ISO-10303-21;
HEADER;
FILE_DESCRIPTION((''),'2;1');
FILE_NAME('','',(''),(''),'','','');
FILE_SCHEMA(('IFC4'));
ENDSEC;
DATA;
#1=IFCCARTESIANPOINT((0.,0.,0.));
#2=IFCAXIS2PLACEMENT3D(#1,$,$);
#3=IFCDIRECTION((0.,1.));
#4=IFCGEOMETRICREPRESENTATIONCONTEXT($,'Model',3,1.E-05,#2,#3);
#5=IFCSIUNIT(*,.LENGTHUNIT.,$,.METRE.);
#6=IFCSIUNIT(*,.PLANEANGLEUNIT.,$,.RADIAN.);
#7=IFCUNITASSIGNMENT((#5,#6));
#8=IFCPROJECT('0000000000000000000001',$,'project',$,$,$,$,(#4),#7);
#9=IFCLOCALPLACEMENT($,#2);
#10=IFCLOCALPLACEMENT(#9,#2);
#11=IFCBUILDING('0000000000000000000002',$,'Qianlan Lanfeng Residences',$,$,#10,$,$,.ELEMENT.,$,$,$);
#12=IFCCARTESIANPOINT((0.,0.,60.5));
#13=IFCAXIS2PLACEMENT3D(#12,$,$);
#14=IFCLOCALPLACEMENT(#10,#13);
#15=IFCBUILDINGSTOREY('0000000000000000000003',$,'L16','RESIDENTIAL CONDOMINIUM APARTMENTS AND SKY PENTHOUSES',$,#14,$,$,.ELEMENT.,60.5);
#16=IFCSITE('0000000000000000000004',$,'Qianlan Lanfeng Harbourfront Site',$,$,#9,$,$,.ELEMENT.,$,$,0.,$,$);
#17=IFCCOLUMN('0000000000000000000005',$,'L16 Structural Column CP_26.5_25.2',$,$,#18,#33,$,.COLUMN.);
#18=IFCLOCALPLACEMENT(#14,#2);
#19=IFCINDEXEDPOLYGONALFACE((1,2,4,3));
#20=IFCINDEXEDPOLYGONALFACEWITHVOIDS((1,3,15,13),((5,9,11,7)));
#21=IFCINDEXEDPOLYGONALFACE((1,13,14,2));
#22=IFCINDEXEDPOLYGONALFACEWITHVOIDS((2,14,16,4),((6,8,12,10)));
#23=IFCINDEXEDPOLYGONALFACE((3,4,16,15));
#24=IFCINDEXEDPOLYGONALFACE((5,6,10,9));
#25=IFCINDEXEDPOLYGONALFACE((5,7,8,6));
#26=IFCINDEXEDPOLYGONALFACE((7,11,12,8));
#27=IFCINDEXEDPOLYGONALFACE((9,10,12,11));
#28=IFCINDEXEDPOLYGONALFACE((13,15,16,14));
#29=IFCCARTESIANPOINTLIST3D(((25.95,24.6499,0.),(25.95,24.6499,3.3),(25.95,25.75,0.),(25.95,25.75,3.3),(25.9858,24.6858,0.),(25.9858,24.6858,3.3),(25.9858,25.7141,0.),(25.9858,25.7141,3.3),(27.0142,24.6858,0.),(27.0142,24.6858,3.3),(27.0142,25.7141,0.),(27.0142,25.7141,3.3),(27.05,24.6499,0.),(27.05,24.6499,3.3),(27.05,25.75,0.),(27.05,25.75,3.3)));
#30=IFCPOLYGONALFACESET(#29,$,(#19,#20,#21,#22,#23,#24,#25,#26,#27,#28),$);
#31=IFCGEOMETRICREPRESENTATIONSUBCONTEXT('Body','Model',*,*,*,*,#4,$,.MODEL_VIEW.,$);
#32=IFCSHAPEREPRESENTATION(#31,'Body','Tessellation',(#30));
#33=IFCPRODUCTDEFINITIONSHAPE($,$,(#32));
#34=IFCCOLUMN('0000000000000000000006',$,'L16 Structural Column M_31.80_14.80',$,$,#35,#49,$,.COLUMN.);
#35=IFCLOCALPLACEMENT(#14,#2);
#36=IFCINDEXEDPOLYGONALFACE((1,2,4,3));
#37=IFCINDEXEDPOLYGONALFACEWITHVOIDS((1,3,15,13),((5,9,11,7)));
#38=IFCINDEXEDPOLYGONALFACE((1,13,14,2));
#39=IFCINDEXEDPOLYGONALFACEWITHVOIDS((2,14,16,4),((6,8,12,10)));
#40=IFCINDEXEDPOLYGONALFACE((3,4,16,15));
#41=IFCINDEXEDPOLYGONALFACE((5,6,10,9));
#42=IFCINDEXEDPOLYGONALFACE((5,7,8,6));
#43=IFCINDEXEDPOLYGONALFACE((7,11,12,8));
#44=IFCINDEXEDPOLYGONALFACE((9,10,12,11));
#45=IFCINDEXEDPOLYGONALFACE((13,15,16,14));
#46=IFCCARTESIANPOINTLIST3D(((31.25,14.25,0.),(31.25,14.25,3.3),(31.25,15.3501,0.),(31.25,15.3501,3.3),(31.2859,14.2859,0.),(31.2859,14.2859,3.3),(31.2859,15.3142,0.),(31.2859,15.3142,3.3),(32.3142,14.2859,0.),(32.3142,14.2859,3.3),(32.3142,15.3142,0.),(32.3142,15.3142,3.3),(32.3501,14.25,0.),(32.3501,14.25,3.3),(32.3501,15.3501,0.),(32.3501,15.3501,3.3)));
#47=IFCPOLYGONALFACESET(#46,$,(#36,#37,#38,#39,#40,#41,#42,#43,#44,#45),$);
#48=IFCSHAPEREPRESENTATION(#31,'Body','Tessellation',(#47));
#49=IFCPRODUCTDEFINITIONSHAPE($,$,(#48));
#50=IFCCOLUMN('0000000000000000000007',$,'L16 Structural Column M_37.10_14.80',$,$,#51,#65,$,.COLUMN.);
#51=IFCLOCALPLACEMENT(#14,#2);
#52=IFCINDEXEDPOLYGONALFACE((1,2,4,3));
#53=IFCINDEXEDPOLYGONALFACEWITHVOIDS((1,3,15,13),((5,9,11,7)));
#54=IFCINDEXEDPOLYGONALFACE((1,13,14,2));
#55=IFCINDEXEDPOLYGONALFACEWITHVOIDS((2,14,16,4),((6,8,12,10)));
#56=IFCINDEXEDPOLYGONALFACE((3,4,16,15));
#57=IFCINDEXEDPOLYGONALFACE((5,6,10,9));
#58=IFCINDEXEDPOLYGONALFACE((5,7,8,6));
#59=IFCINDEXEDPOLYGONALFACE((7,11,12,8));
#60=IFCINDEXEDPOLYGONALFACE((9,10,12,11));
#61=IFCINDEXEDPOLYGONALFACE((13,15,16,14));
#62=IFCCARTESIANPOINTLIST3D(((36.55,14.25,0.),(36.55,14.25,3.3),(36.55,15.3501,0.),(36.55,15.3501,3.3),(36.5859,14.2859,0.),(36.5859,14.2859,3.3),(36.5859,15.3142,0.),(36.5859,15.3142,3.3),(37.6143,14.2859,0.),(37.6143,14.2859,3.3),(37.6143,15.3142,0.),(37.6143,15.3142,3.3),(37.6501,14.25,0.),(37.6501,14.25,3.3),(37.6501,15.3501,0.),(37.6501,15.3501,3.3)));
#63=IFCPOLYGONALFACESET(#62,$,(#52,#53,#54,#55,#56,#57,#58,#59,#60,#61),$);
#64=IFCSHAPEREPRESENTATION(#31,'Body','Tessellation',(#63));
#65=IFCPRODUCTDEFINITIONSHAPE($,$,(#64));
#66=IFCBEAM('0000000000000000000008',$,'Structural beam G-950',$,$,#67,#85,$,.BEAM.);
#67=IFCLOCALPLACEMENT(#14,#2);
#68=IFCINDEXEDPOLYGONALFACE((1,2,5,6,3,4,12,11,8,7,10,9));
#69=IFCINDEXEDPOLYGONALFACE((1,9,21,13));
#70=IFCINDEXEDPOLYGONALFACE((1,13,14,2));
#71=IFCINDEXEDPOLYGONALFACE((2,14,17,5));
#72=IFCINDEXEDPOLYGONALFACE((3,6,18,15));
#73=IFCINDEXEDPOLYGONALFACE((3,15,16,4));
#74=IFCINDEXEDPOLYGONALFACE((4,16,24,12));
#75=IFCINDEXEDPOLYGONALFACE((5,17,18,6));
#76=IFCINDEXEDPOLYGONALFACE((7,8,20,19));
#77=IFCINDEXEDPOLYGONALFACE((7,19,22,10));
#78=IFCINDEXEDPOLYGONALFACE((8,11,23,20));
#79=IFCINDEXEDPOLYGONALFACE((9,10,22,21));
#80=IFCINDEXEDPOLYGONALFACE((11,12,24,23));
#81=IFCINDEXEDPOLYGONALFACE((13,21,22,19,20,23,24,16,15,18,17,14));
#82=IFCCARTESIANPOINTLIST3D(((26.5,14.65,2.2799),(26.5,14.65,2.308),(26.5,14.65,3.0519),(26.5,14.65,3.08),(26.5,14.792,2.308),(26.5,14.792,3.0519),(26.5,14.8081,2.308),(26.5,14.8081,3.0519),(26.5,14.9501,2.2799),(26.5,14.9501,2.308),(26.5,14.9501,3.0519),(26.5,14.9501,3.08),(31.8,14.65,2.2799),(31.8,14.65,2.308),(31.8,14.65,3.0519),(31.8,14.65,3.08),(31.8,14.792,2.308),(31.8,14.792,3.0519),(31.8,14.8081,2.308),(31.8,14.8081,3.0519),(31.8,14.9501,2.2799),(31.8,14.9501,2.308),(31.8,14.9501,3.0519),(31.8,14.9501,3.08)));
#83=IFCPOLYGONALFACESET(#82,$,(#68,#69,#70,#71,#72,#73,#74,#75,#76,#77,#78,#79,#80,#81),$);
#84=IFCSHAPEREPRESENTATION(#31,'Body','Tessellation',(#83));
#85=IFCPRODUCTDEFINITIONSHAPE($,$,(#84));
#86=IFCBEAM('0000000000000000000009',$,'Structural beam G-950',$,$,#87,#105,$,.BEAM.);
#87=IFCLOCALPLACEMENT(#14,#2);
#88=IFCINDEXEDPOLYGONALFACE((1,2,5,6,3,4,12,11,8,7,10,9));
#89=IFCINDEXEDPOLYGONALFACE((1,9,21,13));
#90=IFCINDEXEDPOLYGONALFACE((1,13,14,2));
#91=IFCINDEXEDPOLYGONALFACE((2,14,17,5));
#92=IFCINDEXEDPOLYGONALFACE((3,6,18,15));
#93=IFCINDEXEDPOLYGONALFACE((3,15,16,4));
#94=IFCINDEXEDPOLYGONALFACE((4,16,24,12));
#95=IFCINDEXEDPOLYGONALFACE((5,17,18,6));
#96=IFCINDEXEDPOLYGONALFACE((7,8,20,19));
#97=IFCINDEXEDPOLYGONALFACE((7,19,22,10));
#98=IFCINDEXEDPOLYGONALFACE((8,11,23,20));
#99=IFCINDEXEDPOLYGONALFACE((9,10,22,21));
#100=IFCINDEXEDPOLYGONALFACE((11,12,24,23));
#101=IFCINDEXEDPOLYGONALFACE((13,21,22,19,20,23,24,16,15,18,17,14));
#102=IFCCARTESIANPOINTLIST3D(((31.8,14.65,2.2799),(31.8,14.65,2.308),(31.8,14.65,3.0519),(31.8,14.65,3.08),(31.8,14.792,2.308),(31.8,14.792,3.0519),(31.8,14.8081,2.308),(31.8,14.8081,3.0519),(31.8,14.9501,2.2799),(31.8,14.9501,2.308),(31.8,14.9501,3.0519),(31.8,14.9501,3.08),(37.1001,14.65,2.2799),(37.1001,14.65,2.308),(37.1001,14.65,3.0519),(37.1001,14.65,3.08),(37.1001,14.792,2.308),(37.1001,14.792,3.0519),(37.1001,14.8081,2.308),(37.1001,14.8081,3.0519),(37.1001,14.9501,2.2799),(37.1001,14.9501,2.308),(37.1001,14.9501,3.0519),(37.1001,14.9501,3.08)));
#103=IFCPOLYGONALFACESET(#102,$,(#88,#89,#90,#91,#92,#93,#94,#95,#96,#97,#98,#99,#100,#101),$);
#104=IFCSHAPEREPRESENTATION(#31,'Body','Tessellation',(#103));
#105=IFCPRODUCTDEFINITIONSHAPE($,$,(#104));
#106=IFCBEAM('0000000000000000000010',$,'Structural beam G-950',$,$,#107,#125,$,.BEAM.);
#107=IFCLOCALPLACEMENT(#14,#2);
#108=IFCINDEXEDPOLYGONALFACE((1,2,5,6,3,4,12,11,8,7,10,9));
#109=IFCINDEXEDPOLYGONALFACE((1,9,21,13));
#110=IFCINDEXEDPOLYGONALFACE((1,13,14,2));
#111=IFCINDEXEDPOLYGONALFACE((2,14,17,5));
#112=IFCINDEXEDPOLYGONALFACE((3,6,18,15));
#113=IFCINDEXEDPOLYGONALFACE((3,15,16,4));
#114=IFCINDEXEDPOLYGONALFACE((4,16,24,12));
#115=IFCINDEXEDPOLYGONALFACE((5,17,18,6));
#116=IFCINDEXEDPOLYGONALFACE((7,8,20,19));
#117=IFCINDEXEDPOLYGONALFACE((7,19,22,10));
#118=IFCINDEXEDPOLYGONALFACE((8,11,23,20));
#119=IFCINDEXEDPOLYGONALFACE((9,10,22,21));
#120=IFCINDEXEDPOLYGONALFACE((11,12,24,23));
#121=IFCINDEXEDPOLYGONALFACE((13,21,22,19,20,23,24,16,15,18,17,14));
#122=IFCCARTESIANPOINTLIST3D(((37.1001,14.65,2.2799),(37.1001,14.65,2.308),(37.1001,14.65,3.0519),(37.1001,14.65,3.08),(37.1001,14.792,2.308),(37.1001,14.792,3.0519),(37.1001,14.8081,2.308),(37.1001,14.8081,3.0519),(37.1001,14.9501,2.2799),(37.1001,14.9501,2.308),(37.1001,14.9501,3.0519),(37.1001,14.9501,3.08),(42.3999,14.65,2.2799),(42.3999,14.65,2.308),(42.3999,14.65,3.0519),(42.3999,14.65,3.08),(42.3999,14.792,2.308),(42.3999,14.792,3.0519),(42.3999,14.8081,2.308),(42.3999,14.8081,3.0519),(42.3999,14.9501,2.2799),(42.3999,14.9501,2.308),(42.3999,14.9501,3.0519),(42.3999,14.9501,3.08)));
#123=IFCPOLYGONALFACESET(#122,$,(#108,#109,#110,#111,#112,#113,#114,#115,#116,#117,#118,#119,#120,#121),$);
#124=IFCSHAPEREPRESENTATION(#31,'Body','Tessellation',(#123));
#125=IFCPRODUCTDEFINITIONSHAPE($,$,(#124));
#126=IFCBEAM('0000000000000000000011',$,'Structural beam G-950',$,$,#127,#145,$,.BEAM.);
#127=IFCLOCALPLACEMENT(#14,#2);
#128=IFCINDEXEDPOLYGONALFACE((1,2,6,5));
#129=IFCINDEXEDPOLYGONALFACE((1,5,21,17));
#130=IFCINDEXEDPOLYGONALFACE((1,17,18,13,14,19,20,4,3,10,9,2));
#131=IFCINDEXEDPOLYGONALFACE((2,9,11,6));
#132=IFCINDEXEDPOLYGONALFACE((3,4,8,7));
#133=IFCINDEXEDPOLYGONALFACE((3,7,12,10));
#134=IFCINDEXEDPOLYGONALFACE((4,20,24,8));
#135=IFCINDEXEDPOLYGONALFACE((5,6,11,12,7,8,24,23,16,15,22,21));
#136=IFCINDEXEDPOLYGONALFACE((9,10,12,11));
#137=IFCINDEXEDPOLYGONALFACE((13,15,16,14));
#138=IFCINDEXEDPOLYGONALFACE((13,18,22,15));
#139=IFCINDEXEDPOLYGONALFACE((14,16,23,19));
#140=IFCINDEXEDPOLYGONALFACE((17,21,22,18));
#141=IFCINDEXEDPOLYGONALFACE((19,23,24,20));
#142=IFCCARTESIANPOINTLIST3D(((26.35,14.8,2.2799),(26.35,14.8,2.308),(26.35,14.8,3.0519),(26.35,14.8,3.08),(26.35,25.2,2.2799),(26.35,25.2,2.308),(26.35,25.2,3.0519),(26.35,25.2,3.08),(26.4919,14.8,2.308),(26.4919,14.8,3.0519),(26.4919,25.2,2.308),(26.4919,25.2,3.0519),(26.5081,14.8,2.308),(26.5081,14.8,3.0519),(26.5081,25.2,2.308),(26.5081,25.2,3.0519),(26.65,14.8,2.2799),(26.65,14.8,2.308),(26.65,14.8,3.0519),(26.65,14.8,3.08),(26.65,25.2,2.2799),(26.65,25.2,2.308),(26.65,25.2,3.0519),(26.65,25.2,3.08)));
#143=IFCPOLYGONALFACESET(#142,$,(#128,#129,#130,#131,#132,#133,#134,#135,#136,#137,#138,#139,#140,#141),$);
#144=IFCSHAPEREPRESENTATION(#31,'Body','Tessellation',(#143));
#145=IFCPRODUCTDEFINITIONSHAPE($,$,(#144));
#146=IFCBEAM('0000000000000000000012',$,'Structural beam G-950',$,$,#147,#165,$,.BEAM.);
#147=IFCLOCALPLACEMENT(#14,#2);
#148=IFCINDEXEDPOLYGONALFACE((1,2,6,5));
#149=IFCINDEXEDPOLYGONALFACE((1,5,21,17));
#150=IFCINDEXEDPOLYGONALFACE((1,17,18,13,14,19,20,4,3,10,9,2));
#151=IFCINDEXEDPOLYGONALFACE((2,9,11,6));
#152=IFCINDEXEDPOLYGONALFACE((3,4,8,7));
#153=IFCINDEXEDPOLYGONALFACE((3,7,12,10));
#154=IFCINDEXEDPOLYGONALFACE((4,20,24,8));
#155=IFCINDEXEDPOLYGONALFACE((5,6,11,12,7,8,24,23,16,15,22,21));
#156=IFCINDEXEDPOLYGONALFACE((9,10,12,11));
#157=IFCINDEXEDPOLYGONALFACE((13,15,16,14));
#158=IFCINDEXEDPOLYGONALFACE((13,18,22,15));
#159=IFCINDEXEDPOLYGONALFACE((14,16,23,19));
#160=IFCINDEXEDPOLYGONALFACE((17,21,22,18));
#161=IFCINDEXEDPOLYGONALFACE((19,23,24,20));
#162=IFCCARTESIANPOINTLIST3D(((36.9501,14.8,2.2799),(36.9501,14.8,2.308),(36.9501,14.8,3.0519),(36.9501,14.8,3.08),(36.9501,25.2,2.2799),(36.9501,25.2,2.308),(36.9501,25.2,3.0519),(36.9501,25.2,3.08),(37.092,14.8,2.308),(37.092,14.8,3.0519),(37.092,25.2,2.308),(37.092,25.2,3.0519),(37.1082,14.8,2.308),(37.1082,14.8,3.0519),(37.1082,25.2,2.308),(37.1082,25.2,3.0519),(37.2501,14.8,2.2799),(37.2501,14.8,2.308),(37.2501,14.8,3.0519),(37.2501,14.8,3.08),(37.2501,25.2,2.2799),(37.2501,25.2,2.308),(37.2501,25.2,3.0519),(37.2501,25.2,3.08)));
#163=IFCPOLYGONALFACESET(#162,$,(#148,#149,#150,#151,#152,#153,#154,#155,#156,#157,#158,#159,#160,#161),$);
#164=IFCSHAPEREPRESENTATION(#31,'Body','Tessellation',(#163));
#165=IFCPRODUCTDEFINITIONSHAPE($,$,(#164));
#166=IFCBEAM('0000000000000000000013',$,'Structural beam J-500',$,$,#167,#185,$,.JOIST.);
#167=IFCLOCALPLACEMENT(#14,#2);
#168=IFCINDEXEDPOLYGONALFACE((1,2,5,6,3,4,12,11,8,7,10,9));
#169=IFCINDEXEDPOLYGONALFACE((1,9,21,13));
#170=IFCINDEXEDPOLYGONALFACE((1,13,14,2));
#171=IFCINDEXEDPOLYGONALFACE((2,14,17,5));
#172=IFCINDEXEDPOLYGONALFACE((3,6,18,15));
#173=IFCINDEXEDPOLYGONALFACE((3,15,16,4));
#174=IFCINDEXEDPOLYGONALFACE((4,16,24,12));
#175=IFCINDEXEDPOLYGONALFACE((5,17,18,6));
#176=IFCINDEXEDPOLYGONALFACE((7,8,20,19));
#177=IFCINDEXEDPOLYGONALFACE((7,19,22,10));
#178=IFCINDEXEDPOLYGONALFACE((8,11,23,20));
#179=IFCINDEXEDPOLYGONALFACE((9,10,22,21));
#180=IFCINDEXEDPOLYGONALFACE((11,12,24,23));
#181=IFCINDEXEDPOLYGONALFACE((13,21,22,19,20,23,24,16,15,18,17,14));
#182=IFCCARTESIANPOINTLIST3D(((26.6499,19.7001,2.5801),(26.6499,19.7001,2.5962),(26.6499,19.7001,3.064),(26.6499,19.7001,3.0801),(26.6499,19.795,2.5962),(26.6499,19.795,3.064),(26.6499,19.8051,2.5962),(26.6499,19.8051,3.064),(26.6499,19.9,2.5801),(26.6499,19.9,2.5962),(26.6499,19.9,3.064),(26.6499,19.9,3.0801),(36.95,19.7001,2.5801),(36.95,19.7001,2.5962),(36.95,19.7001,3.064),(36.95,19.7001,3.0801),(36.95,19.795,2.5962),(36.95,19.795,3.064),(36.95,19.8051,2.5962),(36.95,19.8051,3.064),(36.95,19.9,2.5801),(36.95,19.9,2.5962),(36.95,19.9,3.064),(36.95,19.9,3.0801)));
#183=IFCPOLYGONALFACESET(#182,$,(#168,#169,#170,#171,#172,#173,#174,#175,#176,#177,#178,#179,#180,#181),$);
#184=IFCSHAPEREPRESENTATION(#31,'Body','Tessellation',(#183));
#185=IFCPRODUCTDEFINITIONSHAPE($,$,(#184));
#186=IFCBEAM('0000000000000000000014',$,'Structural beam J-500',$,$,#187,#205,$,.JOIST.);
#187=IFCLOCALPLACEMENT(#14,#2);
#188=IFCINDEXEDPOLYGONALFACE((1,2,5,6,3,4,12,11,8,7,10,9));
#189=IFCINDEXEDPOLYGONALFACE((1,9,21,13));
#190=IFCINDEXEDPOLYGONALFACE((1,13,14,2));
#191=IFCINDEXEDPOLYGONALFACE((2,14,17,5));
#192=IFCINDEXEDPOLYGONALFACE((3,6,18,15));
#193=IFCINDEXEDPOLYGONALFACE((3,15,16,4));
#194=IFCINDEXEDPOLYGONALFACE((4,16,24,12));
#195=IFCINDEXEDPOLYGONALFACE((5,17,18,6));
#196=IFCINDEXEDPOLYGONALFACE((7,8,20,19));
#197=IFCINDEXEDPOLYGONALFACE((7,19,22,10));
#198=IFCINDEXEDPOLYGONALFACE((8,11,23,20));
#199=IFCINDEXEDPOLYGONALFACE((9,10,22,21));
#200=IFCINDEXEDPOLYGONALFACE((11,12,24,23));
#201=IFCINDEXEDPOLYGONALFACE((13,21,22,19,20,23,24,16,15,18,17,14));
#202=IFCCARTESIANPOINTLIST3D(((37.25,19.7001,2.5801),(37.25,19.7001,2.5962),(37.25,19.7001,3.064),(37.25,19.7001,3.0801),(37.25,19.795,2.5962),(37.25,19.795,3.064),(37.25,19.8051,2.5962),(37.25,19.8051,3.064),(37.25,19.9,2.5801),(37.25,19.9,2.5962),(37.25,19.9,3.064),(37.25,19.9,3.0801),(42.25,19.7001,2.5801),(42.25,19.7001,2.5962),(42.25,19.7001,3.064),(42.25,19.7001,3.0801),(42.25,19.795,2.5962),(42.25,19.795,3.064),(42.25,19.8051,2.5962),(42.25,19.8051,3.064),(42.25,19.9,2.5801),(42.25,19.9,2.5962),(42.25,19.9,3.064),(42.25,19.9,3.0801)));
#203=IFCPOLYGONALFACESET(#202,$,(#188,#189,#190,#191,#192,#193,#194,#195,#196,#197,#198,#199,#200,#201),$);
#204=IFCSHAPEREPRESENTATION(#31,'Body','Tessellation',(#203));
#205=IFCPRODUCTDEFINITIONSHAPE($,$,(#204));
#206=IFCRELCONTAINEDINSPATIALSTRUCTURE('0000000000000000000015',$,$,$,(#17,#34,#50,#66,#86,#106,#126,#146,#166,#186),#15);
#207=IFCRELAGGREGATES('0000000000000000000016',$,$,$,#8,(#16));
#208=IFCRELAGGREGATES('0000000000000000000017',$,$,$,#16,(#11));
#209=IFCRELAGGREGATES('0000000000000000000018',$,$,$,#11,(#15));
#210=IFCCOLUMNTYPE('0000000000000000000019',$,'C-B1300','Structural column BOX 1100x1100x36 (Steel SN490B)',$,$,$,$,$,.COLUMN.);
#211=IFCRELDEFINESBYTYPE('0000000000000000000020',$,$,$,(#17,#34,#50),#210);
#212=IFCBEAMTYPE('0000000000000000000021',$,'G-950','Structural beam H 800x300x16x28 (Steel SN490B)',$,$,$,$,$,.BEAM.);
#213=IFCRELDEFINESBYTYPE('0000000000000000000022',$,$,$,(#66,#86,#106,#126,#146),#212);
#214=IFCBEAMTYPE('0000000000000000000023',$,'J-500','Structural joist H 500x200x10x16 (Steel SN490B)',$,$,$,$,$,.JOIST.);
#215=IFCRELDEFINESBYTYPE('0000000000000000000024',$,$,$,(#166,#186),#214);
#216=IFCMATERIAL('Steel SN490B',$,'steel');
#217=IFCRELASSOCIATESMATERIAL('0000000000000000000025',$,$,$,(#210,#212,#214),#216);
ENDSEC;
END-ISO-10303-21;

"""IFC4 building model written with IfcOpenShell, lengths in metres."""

from ifc_helpers import new_model, si_unit, direction, frame, origin, origin_2d, place, context, subcontext, project, spatial, hollow_rectangle, i_section, extrude, material, material_profile, profile_set, type_object, element, save


model = new_model("IFC4")

# Units and contexts
model_context = context("Model", 3, precision=1e-05, world=origin(), true_north=direction((0.0, 1.0)))
body_context = subcontext(model_context, "Body", "Model", "MODEL_VIEW")
ifc_project = project(units=[si_unit("LENGTHUNIT", "METRE"), si_unit("PLANEANGLEUNIT", "RADIAN")], contexts=[model_context])

# Site, building, storey
site_placement = place(None, origin())
site = spatial("IfcSite", under=ifc_project, at=site_placement, Name="Qianlan Lanfeng Harbourfront Site", CompositionType="ELEMENT", RefElevation=0.0)
building_placement = place(site_placement, origin())
building = spatial("IfcBuilding", under=site, at=building_placement, Name="Qianlan Lanfeng Residences", CompositionType="ELEMENT")
storey_placement = place(building_placement, frame((0.0, 0.0, 60.5)))
storey = spatial("IfcBuildingStorey", under=building, at=storey_placement, Name="L16", Description="RESIDENTIAL CONDOMINIUM APARTMENTS AND SKY PENTHOUSES", CompositionType="ELEMENT", Elevation=60.5)

# Columns
ifc_material_1 = material(Name="Steel SN490B", Category="steel")
ifc_material_profile_1 = material_profile(ifc_material_1, hollow_rectangle(XDim=1.1001, YDim=1.1001, WallThickness=0.0359, at=origin_2d()), Name="BOX 1100x1100x36")
ifc_profile_set_1 = profile_set([ifc_material_profile_1], Name="Steel SN490B")
column_type = type_object("IfcColumnType", Name="C-B1300", Description="Structural column BOX 1100x1100x36 (Steel SN490B)", PredefinedType="COLUMN", material=ifc_profile_set_1)
for number, where, z_axis, x_axis, name in (
    (1, (26.5, 25.2, 0.0), (0.0, 0.0, 1.0), (1.0, 0.0, 0.0), "L16 Structural Column CP_26.5_25.2"),
    (2, (31.8, 14.8, 0.0), (0.0, 0.0, 1.0), (1.0, 0.0, 0.0), "L16 Structural Column M_31.80_14.80"),
    (3, (37.1001, 14.8, 0.0), (0.0, 0.0, 1.0), (1.0, 0.0, 0.0), "L16 Structural Column M_37.10_14.80"),
):
    element("IfcColumn", number, at=place(storey_placement, frame(where, z_axis=z_axis, x_axis=x_axis)), inside=storey, type_object=column_type, Name=name, PredefinedType="COLUMN", context=body_context, shape_type="SweptSolid", body=[
        extrude(hollow_rectangle(XDim=1.1001, YDim=1.1001, WallThickness=0.0359, at=origin_2d()), origin(), (0.0, 0.0, 1.0), 3.3),
    ])

# Beams
ifc_material_profile_2 = material_profile(ifc_material_1, i_section(OverallWidth=0.3, OverallDepth=0.8, WebThickness=0.0161, FlangeThickness=0.0281, at=origin_2d()), Name="H 800x300x16x28")
ifc_profile_set_2 = profile_set([ifc_material_profile_2], Name="Steel SN490B")
beam_type_1 = type_object("IfcBeamType", Name="G-950", Description="Structural beam H 800x300x16x28 (Steel SN490B)", PredefinedType="BEAM", material=ifc_profile_set_2)
for number, where, z_axis, x_axis, name in (
    (4, (26.5, 14.8, 2.6799), (1.0, 0.0, 0.0), (0.0, 1.0, 0.0), "Structural beam G-950"),
    (5, (31.8, 14.8, 2.6799), (1.0, 0.0, 0.0), (0.0, 1.0, 0.0), "Structural beam G-950"),
):
    element("IfcBeam", number, at=place(storey_placement, frame(where, z_axis=z_axis, x_axis=x_axis)), inside=storey, type_object=beam_type_1, Name=name, PredefinedType="BEAM", context=body_context, shape_type="SweptSolid", body=[
        extrude(i_section(OverallWidth=0.3, OverallDepth=0.8, WebThickness=0.0161, FlangeThickness=0.0281, at=origin_2d()), origin(), (0.0, 0.0, 1.0), 5.3),
    ])
beam_1_placement = place(storey_placement, frame((37.1001, 14.8, 2.6799), z_axis=(1.0, 0.0, 0.0), x_axis=(0.0, 1.0, 0.0)))
element("IfcBeam", 6, at=beam_1_placement, inside=storey, type_object=beam_type_1, Name="Structural beam G-950", PredefinedType="BEAM", context=body_context, shape_type="SweptSolid", body=[
    extrude(i_section(OverallWidth=0.3, OverallDepth=0.8, WebThickness=0.0161, FlangeThickness=0.0281, at=origin_2d()), origin(), (0.0, 0.0, 1.0), 5.2998),
])
for number, where, z_axis, x_axis, name in (
    (7, (26.5, 14.8, 2.6799), (0.0, 1.0, 0.0), (-1.0, 0.0, 0.0), "Structural beam G-950"),
    (8, (37.1001, 14.8, 2.6799), (0.0, 1.0, 0.0), (-1.0, 0.0, 0.0), "Structural beam G-950"),
):
    element("IfcBeam", number, at=place(storey_placement, frame(where, z_axis=z_axis, x_axis=x_axis)), inside=storey, type_object=beam_type_1, Name=name, PredefinedType="BEAM", context=body_context, shape_type="SweptSolid", body=[
        extrude(i_section(OverallWidth=0.3, OverallDepth=0.8, WebThickness=0.0161, FlangeThickness=0.0281, at=origin_2d()), origin(), (0.0, 0.0, 1.0), 10.3999),
    ])
ifc_material_profile_3 = material_profile(ifc_material_1, i_section(OverallWidth=0.2, OverallDepth=0.5, WebThickness=0.01, FlangeThickness=0.0161, at=origin_2d()), Name="H 500x200x10x16")
ifc_profile_set_3 = profile_set([ifc_material_profile_3], Name="Steel SN490B")
beam_type_2 = type_object("IfcBeamType", Name="J-500", Description="Structural joist H 500x200x10x16 (Steel SN490B)", PredefinedType="JOIST", material=ifc_profile_set_3)
beam_2_placement = place(storey_placement, frame((26.6499, 19.8, 2.8301), z_axis=(1.0, 0.0, 0.0), x_axis=(0.0, 1.0, 0.0)))
element("IfcBeam", 9, at=beam_2_placement, inside=storey, type_object=beam_type_2, Name="Structural beam J-500", PredefinedType="JOIST", context=body_context, shape_type="SweptSolid", body=[
    extrude(i_section(OverallWidth=0.2, OverallDepth=0.5, WebThickness=0.01, FlangeThickness=0.0161, at=origin_2d()), origin(), (0.0, 0.0, 1.0), 10.3),
])
beam_3_placement = place(storey_placement, frame((37.25, 19.8, 2.8301), z_axis=(1.0, 0.0, 0.0), x_axis=(0.0, 1.0, 0.0)))
element("IfcBeam", 10, at=beam_3_placement, inside=storey, type_object=beam_type_2, Name="Structural beam J-500", PredefinedType="JOIST", context=body_context, shape_type="SweptSolid", body=[
    extrude(i_section(OverallWidth=0.2, OverallDepth=0.5, WebThickness=0.01, FlangeThickness=0.0161, at=origin_2d()), origin(), (0.0, 0.0, 1.0), 5.0),
])

save(model, "model.ifc")
